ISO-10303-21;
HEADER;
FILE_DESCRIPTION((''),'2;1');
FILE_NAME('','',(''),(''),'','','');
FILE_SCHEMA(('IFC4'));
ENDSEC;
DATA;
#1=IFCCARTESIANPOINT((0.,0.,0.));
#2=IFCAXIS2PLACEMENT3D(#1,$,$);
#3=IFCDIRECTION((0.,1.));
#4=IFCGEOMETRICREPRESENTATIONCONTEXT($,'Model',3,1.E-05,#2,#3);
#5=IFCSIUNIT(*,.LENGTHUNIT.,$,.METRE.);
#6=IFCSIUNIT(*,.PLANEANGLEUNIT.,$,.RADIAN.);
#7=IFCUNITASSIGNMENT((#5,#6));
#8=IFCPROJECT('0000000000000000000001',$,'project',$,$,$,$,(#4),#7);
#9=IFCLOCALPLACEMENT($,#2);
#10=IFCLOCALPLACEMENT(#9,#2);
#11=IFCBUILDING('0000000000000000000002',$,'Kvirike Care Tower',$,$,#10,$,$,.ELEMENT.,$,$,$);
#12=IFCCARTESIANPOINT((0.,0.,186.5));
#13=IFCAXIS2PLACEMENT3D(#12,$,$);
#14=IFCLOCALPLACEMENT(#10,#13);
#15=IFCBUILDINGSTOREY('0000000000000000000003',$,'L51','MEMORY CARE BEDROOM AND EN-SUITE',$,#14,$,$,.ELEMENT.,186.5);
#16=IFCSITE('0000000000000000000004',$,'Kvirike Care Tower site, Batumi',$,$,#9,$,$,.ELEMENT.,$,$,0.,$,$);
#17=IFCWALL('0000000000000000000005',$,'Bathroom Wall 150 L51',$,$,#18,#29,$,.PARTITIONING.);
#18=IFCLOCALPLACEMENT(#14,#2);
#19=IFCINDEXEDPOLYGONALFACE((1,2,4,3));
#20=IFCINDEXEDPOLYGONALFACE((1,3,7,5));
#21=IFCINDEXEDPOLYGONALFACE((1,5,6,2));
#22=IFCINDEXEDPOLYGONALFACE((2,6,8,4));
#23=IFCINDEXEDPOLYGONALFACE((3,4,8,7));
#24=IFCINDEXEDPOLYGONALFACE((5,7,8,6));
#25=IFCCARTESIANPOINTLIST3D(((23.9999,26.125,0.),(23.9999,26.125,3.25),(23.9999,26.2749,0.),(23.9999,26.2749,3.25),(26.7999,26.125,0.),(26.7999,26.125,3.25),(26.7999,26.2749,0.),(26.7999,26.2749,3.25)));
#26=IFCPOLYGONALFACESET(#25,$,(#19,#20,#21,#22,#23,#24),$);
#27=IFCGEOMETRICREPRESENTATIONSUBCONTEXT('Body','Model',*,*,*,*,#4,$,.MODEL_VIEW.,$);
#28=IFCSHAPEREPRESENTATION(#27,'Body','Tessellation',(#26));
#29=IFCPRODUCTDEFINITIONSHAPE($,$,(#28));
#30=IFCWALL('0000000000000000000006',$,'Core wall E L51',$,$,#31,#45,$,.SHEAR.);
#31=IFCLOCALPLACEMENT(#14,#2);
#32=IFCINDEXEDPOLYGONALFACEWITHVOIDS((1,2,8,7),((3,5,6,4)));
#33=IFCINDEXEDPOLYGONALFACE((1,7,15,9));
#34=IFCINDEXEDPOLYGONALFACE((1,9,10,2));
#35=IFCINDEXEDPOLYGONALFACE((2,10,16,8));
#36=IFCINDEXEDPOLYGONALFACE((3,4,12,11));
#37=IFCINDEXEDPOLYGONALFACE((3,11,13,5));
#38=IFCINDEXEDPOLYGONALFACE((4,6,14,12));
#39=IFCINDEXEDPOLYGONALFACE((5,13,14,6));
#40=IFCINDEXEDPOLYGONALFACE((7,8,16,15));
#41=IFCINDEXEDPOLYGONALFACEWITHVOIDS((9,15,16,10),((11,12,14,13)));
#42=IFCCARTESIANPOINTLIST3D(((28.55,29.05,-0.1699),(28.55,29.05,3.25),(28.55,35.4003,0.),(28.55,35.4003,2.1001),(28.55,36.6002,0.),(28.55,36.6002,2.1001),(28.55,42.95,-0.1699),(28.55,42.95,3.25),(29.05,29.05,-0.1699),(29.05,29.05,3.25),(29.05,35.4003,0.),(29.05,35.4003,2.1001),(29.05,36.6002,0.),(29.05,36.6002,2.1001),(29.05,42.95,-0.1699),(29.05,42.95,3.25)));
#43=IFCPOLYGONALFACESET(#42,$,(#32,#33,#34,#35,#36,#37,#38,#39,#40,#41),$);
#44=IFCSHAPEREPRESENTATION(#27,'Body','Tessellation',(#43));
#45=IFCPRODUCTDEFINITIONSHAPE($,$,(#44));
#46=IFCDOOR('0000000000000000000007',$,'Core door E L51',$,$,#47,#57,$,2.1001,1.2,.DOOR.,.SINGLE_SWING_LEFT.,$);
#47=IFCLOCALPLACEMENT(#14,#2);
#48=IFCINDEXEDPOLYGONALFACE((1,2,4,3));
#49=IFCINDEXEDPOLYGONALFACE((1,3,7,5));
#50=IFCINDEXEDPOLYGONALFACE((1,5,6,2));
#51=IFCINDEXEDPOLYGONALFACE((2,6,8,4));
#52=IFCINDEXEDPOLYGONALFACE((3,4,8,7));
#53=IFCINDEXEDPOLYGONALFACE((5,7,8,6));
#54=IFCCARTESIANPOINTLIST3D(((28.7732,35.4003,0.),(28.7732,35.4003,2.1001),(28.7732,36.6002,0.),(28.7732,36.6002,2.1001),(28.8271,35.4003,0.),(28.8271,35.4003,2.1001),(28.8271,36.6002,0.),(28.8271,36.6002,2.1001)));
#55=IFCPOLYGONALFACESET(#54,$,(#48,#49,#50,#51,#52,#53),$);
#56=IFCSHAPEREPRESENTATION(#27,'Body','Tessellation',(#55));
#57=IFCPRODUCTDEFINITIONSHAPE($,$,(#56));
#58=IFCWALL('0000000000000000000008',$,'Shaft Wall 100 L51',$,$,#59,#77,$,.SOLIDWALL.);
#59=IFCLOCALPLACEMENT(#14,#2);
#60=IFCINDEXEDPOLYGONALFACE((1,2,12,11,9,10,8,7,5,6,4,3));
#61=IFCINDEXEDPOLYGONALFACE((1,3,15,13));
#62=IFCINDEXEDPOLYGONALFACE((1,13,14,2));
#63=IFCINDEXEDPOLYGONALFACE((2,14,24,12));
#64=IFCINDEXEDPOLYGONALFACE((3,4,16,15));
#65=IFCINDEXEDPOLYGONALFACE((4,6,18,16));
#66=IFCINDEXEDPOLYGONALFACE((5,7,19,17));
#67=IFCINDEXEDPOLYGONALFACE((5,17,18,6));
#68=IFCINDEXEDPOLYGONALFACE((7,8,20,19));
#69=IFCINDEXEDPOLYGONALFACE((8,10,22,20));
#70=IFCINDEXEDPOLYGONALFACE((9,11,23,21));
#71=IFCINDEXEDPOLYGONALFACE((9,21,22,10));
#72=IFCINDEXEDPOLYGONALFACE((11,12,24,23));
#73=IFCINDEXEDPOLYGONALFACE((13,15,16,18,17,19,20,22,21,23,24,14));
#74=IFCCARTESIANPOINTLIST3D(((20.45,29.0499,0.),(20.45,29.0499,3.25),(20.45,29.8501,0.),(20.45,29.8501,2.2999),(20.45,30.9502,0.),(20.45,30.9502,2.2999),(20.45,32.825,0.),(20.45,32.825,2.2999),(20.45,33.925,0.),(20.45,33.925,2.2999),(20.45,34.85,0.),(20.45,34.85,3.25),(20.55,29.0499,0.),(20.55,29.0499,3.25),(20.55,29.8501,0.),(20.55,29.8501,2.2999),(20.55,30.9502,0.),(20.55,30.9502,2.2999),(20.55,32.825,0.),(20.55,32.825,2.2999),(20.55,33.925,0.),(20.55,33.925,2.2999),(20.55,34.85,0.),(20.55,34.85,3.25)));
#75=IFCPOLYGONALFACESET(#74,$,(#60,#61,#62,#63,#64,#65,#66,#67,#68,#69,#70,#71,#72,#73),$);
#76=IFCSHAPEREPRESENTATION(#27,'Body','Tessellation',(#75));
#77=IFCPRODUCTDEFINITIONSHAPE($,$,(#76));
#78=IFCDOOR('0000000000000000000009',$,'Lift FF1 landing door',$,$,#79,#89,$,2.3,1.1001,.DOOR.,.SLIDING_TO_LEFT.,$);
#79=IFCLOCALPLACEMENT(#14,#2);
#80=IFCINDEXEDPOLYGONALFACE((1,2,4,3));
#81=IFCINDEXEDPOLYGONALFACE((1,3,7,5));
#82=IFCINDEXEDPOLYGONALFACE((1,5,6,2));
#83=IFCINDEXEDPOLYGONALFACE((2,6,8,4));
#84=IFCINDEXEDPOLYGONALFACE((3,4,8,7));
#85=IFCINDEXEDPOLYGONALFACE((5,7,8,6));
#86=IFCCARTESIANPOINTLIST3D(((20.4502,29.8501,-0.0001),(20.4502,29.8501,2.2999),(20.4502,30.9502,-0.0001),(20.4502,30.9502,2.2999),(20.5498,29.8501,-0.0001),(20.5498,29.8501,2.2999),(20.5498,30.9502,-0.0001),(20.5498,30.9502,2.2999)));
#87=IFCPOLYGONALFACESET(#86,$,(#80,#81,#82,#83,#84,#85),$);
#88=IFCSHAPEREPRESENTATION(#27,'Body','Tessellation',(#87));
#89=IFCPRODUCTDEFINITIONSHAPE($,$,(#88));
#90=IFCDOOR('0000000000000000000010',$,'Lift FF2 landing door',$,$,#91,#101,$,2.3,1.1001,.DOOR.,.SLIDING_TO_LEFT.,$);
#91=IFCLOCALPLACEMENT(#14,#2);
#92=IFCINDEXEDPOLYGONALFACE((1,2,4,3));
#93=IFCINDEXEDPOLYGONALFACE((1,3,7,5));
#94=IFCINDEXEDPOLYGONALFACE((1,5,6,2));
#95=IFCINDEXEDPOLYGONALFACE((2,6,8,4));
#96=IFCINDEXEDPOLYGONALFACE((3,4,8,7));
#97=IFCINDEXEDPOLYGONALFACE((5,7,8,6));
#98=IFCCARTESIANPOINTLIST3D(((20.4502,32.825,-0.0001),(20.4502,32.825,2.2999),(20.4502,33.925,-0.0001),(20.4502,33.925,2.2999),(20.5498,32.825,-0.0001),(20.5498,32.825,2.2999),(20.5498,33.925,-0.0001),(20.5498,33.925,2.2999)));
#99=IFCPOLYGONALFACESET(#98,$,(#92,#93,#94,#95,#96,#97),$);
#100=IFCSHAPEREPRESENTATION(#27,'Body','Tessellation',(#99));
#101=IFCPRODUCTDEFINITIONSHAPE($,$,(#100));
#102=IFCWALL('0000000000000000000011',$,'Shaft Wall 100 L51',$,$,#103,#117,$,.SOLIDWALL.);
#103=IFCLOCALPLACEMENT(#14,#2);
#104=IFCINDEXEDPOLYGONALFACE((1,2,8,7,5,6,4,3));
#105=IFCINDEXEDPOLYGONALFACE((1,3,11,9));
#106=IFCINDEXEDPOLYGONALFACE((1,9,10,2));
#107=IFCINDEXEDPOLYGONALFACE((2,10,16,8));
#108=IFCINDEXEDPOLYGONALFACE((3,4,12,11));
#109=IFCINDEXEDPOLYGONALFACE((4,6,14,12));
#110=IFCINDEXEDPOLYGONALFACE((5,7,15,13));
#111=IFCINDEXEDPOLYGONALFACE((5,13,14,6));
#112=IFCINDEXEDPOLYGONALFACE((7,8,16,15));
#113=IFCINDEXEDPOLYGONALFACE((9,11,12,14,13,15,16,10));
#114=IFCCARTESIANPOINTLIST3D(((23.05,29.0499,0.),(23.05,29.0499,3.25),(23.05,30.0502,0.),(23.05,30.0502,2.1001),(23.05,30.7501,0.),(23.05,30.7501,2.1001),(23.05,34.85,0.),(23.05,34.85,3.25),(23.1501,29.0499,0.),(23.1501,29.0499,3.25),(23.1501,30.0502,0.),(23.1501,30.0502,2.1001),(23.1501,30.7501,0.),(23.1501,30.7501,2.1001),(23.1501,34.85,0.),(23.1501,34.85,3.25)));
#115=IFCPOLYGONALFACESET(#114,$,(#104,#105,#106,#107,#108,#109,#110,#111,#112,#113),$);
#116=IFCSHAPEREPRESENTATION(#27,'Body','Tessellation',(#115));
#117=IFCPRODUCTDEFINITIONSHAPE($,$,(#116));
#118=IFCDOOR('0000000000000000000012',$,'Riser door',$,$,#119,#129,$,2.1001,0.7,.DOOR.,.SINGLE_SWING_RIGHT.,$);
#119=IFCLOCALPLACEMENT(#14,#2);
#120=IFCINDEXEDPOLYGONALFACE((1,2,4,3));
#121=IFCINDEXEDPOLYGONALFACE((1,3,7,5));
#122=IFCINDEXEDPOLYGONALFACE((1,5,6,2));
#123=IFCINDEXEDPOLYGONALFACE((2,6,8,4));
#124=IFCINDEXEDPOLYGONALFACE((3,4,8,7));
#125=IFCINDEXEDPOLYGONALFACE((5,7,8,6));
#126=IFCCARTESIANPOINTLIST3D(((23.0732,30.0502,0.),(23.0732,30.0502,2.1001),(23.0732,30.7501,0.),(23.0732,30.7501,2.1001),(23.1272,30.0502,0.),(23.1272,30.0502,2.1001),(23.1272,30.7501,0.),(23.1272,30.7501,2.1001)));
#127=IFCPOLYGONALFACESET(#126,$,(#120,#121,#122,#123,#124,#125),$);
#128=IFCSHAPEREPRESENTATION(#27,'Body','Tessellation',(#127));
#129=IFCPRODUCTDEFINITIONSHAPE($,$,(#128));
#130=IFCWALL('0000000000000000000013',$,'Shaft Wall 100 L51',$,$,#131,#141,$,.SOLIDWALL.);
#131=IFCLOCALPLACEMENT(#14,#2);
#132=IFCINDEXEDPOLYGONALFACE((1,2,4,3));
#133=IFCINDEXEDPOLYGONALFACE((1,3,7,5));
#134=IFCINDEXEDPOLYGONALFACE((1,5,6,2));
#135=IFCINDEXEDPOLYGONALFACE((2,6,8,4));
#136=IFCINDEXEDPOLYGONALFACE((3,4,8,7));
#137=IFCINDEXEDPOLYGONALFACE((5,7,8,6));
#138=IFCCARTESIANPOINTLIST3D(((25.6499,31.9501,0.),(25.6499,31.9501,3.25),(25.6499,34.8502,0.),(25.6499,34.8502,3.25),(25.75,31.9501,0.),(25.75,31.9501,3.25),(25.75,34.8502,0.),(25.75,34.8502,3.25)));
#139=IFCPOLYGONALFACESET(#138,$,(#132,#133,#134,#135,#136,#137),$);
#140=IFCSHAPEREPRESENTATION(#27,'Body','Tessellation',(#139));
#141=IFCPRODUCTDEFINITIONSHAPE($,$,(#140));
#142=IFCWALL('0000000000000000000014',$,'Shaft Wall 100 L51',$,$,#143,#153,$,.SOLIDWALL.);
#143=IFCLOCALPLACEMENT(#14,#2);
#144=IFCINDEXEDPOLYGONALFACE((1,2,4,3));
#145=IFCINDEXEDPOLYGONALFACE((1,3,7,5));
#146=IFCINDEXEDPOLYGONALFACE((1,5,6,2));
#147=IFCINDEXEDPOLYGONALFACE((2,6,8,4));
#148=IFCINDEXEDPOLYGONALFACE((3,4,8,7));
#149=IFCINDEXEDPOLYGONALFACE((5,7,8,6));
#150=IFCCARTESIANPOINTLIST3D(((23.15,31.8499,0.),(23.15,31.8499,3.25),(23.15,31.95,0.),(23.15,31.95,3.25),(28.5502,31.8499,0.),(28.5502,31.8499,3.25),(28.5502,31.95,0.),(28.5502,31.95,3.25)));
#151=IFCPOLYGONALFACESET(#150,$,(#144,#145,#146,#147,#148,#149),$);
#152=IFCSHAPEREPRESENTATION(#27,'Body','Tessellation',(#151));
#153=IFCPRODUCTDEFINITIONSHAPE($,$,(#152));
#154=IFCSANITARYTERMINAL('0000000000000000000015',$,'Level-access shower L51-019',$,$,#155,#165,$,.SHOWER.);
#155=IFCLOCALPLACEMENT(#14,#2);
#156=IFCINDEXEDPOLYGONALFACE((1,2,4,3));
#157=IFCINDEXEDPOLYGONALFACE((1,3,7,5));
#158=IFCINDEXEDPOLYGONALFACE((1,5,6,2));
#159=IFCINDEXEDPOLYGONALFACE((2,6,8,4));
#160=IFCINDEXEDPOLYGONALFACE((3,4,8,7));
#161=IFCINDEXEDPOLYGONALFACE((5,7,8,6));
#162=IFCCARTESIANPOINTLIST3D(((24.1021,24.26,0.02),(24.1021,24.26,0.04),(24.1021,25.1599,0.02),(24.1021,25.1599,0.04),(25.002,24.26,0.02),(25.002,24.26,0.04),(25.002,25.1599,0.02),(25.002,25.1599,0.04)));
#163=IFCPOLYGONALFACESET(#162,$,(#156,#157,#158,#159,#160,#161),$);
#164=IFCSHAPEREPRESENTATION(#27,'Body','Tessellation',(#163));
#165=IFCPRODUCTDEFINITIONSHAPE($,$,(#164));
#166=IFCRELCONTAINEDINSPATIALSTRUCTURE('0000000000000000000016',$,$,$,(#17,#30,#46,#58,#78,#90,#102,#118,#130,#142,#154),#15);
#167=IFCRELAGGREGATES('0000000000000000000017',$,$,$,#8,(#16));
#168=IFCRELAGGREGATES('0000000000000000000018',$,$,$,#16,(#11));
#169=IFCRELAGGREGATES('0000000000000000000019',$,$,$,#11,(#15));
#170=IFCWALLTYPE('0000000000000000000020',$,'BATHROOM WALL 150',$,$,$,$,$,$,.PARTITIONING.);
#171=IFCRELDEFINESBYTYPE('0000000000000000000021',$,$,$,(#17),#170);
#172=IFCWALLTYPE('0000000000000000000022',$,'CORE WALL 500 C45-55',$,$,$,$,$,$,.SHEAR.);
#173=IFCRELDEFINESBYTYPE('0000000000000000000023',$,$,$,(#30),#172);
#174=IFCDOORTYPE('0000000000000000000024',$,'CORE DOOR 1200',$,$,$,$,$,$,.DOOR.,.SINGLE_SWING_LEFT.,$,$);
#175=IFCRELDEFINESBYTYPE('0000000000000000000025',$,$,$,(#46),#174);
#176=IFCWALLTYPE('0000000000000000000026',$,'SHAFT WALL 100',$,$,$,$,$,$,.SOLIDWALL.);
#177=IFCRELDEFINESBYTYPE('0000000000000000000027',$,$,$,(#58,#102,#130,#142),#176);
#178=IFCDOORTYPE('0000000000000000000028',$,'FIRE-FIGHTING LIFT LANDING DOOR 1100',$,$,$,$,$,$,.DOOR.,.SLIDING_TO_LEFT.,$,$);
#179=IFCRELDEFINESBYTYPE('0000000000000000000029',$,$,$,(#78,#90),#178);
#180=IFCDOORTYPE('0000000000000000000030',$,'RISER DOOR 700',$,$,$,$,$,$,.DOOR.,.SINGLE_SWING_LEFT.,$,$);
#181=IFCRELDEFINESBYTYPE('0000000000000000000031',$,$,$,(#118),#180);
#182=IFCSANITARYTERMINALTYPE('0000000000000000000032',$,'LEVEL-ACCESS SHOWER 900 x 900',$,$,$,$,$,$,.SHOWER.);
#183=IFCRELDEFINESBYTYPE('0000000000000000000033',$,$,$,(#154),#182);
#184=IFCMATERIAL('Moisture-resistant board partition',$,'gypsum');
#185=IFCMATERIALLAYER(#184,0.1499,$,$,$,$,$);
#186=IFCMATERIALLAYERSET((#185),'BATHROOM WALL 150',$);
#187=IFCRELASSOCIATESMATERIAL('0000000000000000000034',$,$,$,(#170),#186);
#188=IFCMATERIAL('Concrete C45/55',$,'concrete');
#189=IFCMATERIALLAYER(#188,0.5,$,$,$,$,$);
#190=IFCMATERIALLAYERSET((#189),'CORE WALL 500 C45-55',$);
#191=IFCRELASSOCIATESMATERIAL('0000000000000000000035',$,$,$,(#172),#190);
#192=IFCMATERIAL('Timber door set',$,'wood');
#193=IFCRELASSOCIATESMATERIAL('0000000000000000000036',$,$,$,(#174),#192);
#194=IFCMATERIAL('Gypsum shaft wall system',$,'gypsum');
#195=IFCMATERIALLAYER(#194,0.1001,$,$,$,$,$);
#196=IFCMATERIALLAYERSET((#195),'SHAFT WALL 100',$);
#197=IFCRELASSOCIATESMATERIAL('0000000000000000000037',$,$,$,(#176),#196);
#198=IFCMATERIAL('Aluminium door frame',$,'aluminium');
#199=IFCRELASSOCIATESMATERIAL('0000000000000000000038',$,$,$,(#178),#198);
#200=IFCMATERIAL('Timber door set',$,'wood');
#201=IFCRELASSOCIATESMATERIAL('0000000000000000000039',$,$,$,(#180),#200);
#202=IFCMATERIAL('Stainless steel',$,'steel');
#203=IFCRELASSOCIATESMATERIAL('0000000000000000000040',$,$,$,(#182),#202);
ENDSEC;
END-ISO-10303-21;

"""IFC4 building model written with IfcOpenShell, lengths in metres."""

from ifc_helpers import new_model, si_unit, direction, frame, frame_2d, origin, origin_2d, place, context, subcontext, project, spatial, rectangle, extrude, material, layer, layer_set, type_object, element, fill, save


model = new_model("IFC4")

# Units and contexts
model_context = context("Model", 3, precision=1e-05, world=origin(), true_north=direction((0.0, 1.0)))
body_context = subcontext(model_context, "Body", "Model", "MODEL_VIEW")
ifc_project = project(units=[si_unit("LENGTHUNIT", "METRE"), si_unit("PLANEANGLEUNIT", "RADIAN")], contexts=[model_context])

# Site, building, storey
site_placement = place(None, origin())
site = spatial("IfcSite", under=ifc_project, at=site_placement, Name="Kvirike Care Tower site, Batumi", CompositionType="ELEMENT", RefElevation=0.0)
building_placement = place(site_placement, origin())
building = spatial("IfcBuilding", under=site, at=building_placement, Name="Kvirike Care Tower", CompositionType="ELEMENT")
storey_placement = place(building_placement, frame((0.0, 0.0, 186.5)))
storey = spatial("IfcBuildingStorey", under=building, at=storey_placement, Name="L51", Description="MEMORY CARE BEDROOM AND EN-SUITE", CompositionType="ELEMENT", Elevation=186.5)

# Wall
ifc_material_1 = material(Name="Moisture-resistant board partition", Category="gypsum")
ifc_layer_1 = layer(ifc_material_1, 0.1499)
ifc_layer_set_1 = layer_set([ifc_layer_1], Name="BATHROOM WALL 150")
wall_type_1 = type_object("IfcWallType", Name="BATHROOM WALL 150", PredefinedType="PARTITIONING", material=ifc_layer_set_1)
wall_1_placement = place(storey_placement, frame((24.0, 26.2, 0.0), z_axis=(0.0, 0.0, 1.0), x_axis=(1.0, 0.0, 0.0)))
element("IfcWall", 1, at=wall_1_placement, inside=storey, type_object=wall_type_1, Name="Bathroom Wall 150 L51", PredefinedType="PARTITIONING", context=body_context, shape_type="SweptSolid", body=[
    extrude(rectangle(XDim=2.8, YDim=0.1499, at=frame_2d((1.3999, 0.0))), origin(), (0.0, 0.0, 1.0), 3.25),
])

# Wall, opening, door
ifc_material_2 = material(Name="Concrete C45/55", Category="concrete")
ifc_layer_2 = layer(ifc_material_2, 0.5)
ifc_layer_set_2 = layer_set([ifc_layer_2], Name="CORE WALL 500 C45-55")
wall_type_2 = type_object("IfcWallType", Name="CORE WALL 500 C45-55", PredefinedType="SHEAR", material=ifc_layer_set_2)
wall_2_placement = place(storey_placement, frame((28.8, 29.05, -0.1699), z_axis=(0.0, 0.0, 1.0), x_axis=(0.0, 1.0, 0.0)))
wall_2 = element("IfcWall", 2, at=wall_2_placement, inside=storey, type_object=wall_type_2, Name="Core wall E L51", PredefinedType="SHEAR", context=body_context, shape_type="SweptSolid", body=[
    extrude(rectangle(XDim=13.8999, YDim=0.5, at=frame_2d((6.95, 0.0))), origin(), (0.0, 0.0, 1.0), 3.4199),
])
opening_1_placement = place(wall_2_placement, frame((6.3501, 0.0, 0.1699)))
opening_1 = element("IfcOpeningElement", 3, at=opening_1_placement, cuts=wall_2, PredefinedType="OPENING", context=body_context, shape_type="SweptSolid", body=[
    extrude(rectangle(XDim=1.2, YDim=2.1001, at=frame_2d((0.6001, 1.05))), frame((0.0, 0.2605, 0.0), z_axis=(0.0, -1.0, 0.0), x_axis=(1.0, 0.0, 0.0)), (0.0, 0.0, 1.0), 0.521),
])
ifc_material_3 = material(Name="Timber door set", Category="wood")
door_type_1 = type_object("IfcDoorType", Name="CORE DOOR 1200", OperationType="SINGLE_SWING_LEFT", PredefinedType="DOOR", material=ifc_material_3)
door_1_placement = place(opening_1_placement, origin())
door_1 = element("IfcDoor", 4, at=door_1_placement, inside=storey, type_object=door_type_1, Name="Core door E L51", OperationType="SINGLE_SWING_LEFT", OverallHeight=2.1001, OverallWidth=1.2, PredefinedType="DOOR", context=body_context, shape_type="SweptSolid", body=[
    extrude(rectangle(XDim=1.2, YDim=2.1001, at=frame_2d((0.6001, 1.05))), frame((0.0, 0.0269, 0.0), z_axis=(0.0, -1.0, 0.0), x_axis=(1.0, 0.0, 0.0)), (0.0, 0.0, 1.0), 0.054),
])
fill(opening_1, door_1)

# Wall, openings, doors
ifc_material_4 = material(Name="Gypsum shaft wall system", Category="gypsum")
ifc_layer_3 = layer(ifc_material_4, 0.1001)
ifc_layer_set_3 = layer_set([ifc_layer_3], Name="SHAFT WALL 100")
wall_type_3 = type_object("IfcWallType", Name="SHAFT WALL 100", PredefinedType="SOLIDWALL", material=ifc_layer_set_3)
wall_3_placement = place(storey_placement, frame((20.5, 29.05, 0.0), z_axis=(0.0, 0.0, 1.0), x_axis=(0.0, 1.0, 0.0)))
wall_3 = element("IfcWall", 5, at=wall_3_placement, inside=storey, type_object=wall_type_3, Name="Shaft Wall 100 L51", PredefinedType="SOLIDWALL", context=body_context, shape_type="SweptSolid", body=[
    extrude(rectangle(XDim=5.8, YDim=0.1001, at=frame_2d((2.8999, 0.0))), origin(), (0.0, 0.0, 1.0), 3.25),
])
opening_2_placement = place(wall_3_placement, frame((0.8, 0.0, 0.0)))
opening_2 = element("IfcOpeningElement", 6, at=opening_2_placement, cuts=wall_3, PredefinedType="OPENING", context=body_context, shape_type="SweptSolid", body=[
    extrude(rectangle(XDim=1.1001, YDim=2.3, at=frame_2d((0.55, 1.1499))), frame((0.0, 0.0605, 0.0), z_axis=(0.0, -1.0, 0.0), x_axis=(1.0, 0.0, 0.0)), (0.0, 0.0, 1.0), 0.1211),
])
opening_3_placement = place(wall_3_placement, frame((3.7749, 0.0, 0.0)))
opening_3 = element("IfcOpeningElement", 7, at=opening_3_placement, cuts=wall_3, PredefinedType="OPENING", context=body_context, shape_type="SweptSolid", body=[
    extrude(rectangle(XDim=1.1001, YDim=2.3, at=frame_2d((0.55, 1.1499))), frame((0.0, 0.0605, 0.0), z_axis=(0.0, -1.0, 0.0), x_axis=(1.0, 0.0, 0.0)), (0.0, 0.0, 1.0), 0.1211),
])
ifc_material_5 = material(Name="Aluminium door frame", Category="aluminium")
door_type_2 = type_object("IfcDoorType", Name="FIRE-FIGHTING LIFT LANDING DOOR 1100", OperationType="SLIDING_TO_LEFT", PredefinedType="DOOR", material=ifc_material_5)
door_2_placement = place(opening_2_placement, origin())
door_2 = element("IfcDoor", 8, at=door_2_placement, inside=storey, type_object=door_type_2, Name="Lift FF1 landing door", OperationType="SLIDING_TO_LEFT", OverallHeight=2.3, OverallWidth=1.1001, PredefinedType="DOOR", context=body_context, shape_type="SweptSolid", body=[
    extrude(rectangle(XDim=1.1001, YDim=2.3, at=frame_2d((0.55, 1.1499))), frame((0.0, 0.0498, 0.0), z_axis=(0.0, -1.0, 0.0), x_axis=(1.0, 0.0, 0.0)), (0.0, 0.0, 1.0), 0.0996),
])
fill(opening_2, door_2)
door_3_placement = place(opening_3_placement, origin())
door_3 = element("IfcDoor", 9, at=door_3_placement, inside=storey, type_object=door_type_2, Name="Lift FF2 landing door", OperationType="SLIDING_TO_LEFT", OverallHeight=2.3, OverallWidth=1.1001, PredefinedType="DOOR", context=body_context, shape_type="SweptSolid", body=[
    extrude(rectangle(XDim=1.1001, YDim=2.3, at=frame_2d((0.55, 1.1499))), frame((0.0, 0.0498, 0.0), z_axis=(0.0, -1.0, 0.0), x_axis=(1.0, 0.0, 0.0)), (0.0, 0.0, 1.0), 0.0996),
])
fill(opening_3, door_3)

# Wall, opening, door
wall_4_placement = place(storey_placement, frame((23.1001, 29.05, 0.0), z_axis=(0.0, 0.0, 1.0), x_axis=(0.0, 1.0, 0.0)))
wall_4 = element("IfcWall", 10, at=wall_4_placement, inside=storey, type_object=wall_type_3, Name="Shaft Wall 100 L51", PredefinedType="SOLIDWALL", context=body_context, shape_type="SweptSolid", body=[
    extrude(rectangle(XDim=5.8, YDim=0.1001, at=frame_2d((2.8999, 0.0))), origin(), (0.0, 0.0, 1.0), 3.25),
])
opening_4_placement = place(wall_4_placement, frame((1.0, 0.0, 0.0)))
opening_4 = element("IfcOpeningElement", 11, at=opening_4_placement, cuts=wall_4, PredefinedType="OPENING", context=body_context, shape_type="SweptSolid", body=[
    extrude(rectangle(XDim=0.7, YDim=2.1001, at=frame_2d((0.3501, 1.05))), frame((0.0, 0.0605, 0.0), z_axis=(0.0, -1.0, 0.0), x_axis=(1.0, 0.0, 0.0)), (0.0, 0.0, 1.0), 0.1211),
])
ifc_material_6 = material(Name="Timber door set", Category="wood")
door_type_3 = type_object("IfcDoorType", Name="RISER DOOR 700", OperationType="SINGLE_SWING_LEFT", PredefinedType="DOOR", material=ifc_material_6)
door_4_placement = place(opening_4_placement, origin())
door_4 = element("IfcDoor", 12, at=door_4_placement, inside=storey, type_object=door_type_3, Name="Riser door", OperationType="SINGLE_SWING_RIGHT", OverallHeight=2.1001, OverallWidth=0.7, PredefinedType="DOOR", context=body_context, shape_type="SweptSolid", body=[
    extrude(rectangle(XDim=0.7, YDim=2.1001, at=frame_2d((0.3501, 1.05))), frame((0.0, 0.0269, 0.0), z_axis=(0.0, -1.0, 0.0), x_axis=(1.0, 0.0, 0.0)), (0.0, 0.0, 1.0), 0.054),
])
fill(opening_4, door_4)

# Walls
wall_5_placement = place(storey_placement, frame((25.7, 31.95, 0.0), z_axis=(0.0, 0.0, 1.0), x_axis=(0.0, 1.0, 0.0)))
element("IfcWall", 13, at=wall_5_placement, inside=storey, type_object=wall_type_3, Name="Shaft Wall 100 L51", PredefinedType="SOLIDWALL", context=body_context, shape_type="SweptSolid", body=[
    extrude(rectangle(XDim=2.9001, YDim=0.1001, at=frame_2d((1.4502, 0.0))), origin(), (0.0, 0.0, 1.0), 3.25),
])
wall_6_placement = place(storey_placement, frame((23.1499, 31.8999, 0.0), z_axis=(0.0, 0.0, 1.0), x_axis=(1.0, 0.0, 0.0)))
element("IfcWall", 14, at=wall_6_placement, inside=storey, type_object=wall_type_3, Name="Shaft Wall 100 L51", PredefinedType="SOLIDWALL", context=body_context, shape_type="SweptSolid", body=[
    extrude(rectangle(XDim=5.4001, YDim=0.1001, at=frame_2d((2.7002, 0.0))), origin(), (0.0, 0.0, 1.0), 3.25),
])

# Sanitary terminal
ifc_material_7 = material(Name="Stainless steel", Category="steel")
sanitary_terminal_type_1 = type_object("IfcSanitaryTerminalType", Name="LEVEL-ACCESS SHOWER 900 x 900", PredefinedType="SHOWER", material=ifc_material_7)
sanitary_terminal_1_placement = place(storey_placement, frame((24.552, 24.71, 0.02), z_axis=(0.0, 0.0, 1.0), x_axis=(0.0, 1.0, 0.0)))
element("IfcSanitaryTerminal", 15, at=sanitary_terminal_1_placement, inside=storey, type_object=sanitary_terminal_type_1, Name="Level-access shower L51-019", PredefinedType="SHOWER", context=body_context, shape_type="SweptSolid", body=[
    extrude(rectangle(XDim=0.8999, YDim=0.8999, at=origin_2d()), origin(), (0.0, 0.0, 1.0), 0.02),
])

save(model, "model.ifc")
